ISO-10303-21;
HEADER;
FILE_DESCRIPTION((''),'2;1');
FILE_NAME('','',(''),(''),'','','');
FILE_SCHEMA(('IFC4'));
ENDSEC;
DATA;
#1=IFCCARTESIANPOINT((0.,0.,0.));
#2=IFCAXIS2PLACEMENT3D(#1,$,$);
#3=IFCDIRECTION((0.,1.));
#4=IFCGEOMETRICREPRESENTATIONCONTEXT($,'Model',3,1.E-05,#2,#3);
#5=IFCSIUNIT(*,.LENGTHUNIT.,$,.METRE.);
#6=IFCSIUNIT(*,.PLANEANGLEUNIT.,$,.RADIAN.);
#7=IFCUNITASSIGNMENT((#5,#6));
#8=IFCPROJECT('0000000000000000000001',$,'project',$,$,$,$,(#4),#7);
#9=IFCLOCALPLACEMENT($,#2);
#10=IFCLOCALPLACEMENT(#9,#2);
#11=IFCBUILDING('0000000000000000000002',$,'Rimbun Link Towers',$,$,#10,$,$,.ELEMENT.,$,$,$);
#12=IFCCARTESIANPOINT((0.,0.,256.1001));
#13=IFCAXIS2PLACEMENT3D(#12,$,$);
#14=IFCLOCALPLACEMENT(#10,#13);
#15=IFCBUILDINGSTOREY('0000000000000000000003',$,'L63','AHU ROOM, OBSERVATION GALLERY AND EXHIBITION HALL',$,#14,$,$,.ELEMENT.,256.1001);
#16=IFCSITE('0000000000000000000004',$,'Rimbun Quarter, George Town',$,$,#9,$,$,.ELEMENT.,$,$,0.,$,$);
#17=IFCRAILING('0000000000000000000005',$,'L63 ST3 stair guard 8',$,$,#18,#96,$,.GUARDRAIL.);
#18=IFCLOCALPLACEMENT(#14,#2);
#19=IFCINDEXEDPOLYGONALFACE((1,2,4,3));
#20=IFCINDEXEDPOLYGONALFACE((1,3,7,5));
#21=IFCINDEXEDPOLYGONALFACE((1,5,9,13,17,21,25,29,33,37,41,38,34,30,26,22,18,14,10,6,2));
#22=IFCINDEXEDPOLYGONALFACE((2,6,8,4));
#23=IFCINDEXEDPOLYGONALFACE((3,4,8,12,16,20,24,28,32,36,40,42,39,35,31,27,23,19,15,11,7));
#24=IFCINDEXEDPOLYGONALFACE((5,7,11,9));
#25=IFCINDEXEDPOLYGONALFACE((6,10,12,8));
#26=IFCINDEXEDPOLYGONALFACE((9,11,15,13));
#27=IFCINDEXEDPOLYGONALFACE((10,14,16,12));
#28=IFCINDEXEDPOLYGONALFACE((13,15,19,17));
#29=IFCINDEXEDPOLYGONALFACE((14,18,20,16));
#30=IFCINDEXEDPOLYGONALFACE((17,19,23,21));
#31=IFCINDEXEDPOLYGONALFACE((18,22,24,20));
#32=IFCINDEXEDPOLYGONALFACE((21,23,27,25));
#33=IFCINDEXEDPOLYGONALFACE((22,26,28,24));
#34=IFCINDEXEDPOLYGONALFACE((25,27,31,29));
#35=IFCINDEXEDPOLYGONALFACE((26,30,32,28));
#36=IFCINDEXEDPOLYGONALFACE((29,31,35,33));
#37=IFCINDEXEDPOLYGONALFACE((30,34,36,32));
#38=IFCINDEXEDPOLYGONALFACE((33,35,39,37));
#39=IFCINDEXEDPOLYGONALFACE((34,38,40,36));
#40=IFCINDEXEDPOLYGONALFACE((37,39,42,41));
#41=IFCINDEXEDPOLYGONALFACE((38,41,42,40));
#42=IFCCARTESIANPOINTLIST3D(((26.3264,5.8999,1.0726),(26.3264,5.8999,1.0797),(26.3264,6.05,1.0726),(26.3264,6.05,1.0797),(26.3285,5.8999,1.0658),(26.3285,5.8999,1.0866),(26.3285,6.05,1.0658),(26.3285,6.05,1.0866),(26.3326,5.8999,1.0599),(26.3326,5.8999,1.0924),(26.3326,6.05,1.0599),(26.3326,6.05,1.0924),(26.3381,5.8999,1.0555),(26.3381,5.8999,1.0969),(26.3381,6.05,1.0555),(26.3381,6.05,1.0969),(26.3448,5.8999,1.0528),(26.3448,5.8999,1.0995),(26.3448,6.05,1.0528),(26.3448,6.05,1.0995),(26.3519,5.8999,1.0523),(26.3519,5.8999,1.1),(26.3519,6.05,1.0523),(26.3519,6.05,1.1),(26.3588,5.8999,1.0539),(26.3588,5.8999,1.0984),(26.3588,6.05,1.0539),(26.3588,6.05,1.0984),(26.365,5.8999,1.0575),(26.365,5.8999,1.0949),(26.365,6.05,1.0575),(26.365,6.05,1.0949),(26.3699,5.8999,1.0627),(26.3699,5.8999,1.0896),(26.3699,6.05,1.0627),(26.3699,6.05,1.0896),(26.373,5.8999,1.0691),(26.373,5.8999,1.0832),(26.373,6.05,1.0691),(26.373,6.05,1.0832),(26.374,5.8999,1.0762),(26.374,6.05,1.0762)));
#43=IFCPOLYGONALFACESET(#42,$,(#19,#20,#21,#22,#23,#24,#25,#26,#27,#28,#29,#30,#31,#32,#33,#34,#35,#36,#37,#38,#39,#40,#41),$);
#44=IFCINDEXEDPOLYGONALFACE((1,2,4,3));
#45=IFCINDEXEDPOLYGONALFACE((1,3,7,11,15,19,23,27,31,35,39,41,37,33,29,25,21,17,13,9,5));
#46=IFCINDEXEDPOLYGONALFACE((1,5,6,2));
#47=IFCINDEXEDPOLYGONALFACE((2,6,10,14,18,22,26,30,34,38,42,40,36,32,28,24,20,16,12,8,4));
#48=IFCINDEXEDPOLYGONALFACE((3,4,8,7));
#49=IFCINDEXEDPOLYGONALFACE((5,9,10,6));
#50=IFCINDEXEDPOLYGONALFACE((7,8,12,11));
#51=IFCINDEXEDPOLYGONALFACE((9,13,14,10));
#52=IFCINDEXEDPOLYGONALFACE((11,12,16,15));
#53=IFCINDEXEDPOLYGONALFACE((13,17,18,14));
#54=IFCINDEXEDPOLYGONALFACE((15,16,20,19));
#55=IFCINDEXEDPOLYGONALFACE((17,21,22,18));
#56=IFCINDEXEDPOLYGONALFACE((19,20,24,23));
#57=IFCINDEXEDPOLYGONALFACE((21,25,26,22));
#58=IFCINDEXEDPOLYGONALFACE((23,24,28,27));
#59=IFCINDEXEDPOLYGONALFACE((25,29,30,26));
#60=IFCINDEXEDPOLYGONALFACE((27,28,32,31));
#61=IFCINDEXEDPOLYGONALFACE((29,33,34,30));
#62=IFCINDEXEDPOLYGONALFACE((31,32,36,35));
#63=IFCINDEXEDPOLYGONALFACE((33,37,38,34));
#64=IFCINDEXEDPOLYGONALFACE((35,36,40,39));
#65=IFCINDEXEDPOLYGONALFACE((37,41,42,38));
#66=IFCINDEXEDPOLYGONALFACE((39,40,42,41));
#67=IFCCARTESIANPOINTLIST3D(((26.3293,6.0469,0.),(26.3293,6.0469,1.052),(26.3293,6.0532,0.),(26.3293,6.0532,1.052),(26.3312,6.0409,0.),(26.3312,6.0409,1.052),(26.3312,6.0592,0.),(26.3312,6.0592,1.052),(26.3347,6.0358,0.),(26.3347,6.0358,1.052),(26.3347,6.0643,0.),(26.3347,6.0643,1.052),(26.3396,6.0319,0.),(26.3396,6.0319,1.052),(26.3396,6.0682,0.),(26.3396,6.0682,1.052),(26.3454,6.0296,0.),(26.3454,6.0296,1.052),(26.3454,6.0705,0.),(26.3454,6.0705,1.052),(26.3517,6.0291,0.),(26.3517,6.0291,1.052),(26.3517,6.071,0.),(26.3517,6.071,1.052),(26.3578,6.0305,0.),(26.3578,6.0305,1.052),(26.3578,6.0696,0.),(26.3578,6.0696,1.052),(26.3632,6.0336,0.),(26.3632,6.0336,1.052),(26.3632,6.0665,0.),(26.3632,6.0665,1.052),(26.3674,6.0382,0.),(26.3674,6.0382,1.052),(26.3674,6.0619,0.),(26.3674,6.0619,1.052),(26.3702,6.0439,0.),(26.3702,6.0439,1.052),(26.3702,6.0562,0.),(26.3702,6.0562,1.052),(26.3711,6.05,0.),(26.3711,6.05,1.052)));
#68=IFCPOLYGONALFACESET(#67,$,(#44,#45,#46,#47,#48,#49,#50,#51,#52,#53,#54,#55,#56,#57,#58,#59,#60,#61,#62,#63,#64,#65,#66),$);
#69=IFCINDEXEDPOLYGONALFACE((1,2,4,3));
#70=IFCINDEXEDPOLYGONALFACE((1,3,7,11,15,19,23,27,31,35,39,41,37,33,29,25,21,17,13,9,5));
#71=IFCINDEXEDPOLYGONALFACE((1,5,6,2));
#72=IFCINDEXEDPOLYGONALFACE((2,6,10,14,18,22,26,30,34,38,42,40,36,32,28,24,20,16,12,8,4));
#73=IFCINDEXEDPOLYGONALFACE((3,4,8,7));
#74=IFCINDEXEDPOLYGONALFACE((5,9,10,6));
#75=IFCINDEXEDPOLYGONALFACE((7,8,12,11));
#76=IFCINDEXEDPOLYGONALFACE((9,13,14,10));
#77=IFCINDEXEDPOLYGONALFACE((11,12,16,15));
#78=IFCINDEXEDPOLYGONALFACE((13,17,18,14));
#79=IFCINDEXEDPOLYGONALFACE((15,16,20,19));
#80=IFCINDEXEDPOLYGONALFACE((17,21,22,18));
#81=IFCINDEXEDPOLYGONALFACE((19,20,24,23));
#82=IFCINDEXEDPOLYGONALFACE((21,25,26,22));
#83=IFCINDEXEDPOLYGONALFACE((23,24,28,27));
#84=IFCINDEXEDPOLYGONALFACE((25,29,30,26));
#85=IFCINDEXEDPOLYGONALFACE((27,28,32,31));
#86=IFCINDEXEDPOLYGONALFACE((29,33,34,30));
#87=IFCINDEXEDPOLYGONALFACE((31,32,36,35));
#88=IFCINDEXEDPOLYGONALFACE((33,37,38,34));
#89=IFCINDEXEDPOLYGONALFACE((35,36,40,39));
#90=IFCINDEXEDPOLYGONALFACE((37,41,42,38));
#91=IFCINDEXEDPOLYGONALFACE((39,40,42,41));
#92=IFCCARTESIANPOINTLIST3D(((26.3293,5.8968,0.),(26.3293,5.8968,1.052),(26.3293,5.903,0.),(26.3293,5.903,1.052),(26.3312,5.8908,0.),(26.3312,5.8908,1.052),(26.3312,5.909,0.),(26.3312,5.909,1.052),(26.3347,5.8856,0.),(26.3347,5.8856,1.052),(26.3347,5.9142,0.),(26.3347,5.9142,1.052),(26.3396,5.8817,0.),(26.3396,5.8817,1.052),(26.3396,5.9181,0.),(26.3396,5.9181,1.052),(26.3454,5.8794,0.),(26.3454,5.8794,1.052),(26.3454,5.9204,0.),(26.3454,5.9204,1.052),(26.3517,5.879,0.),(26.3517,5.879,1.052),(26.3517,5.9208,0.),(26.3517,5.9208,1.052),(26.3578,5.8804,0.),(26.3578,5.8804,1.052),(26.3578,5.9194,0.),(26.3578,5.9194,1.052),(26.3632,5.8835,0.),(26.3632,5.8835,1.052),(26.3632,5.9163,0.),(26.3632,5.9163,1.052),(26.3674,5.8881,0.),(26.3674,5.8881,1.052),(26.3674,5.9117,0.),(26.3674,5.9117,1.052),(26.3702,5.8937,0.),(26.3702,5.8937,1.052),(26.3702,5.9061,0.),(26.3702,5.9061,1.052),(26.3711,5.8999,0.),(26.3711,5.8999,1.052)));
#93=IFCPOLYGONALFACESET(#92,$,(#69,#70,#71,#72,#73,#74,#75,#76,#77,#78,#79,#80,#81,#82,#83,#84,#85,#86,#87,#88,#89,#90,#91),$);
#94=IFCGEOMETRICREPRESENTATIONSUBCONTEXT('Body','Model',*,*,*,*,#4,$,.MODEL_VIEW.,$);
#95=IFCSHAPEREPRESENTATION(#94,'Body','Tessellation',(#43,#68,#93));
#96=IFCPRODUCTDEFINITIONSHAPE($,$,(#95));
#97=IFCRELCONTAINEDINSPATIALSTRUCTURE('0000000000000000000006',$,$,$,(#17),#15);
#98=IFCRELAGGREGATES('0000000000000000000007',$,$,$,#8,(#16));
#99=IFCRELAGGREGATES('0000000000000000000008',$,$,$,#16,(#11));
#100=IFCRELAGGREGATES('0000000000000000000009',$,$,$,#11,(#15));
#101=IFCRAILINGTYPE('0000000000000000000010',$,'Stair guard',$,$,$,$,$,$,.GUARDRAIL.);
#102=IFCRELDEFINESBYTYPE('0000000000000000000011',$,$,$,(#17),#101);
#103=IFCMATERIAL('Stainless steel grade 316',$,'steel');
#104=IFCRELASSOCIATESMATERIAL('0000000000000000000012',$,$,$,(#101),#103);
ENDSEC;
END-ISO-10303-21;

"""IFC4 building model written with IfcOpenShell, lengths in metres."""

from ifc_helpers import new_model, si_unit, direction, frame, origin, origin_2d, place, context, subcontext, project, spatial, circle, extrude, material, type_object, element, save


model = new_model("IFC4")

# Units and contexts
model_context = context("Model", 3, precision=1e-05, world=origin(), true_north=direction((0.0, 1.0)))
body_context = subcontext(model_context, "Body", "Model", "MODEL_VIEW")
ifc_project = project(units=[si_unit("LENGTHUNIT", "METRE"), si_unit("PLANEANGLEUNIT", "RADIAN")], contexts=[model_context])

# Site, building, storey
site_placement = place(None, origin())
site = spatial("IfcSite", under=ifc_project, at=site_placement, Name="Rimbun Quarter, George Town", CompositionType="ELEMENT", RefElevation=0.0)
building_placement = place(site_placement, origin())
building = spatial("IfcBuilding", under=site, at=building_placement, Name="Rimbun Link Towers", CompositionType="ELEMENT")
storey_placement = place(building_placement, frame((0.0, 0.0, 256.1001)))
storey = spatial("IfcBuildingStorey", under=building, at=storey_placement, Name="L63", Description="AHU ROOM, OBSERVATION GALLERY AND EXHIBITION HALL", CompositionType="ELEMENT", Elevation=256.1001)

# Railing
ifc_material_1 = material(Name="Stainless steel grade 316", Category="steel")
railing_type_1 = type_object("IfcRailingType", Name="Stair guard", PredefinedType="GUARDRAIL", material=ifc_material_1)
railing_1_placement = place(storey_placement, frame((26.3501, 6.05, 0.0)))
element("IfcRailing", 1, at=railing_1_placement, inside=storey, type_object=railing_type_1, Name="L63 ST3 stair guard 8", PredefinedType="GUARDRAIL", context=body_context, shape_type="SweptSolid", body=[
    extrude(circle(Radius=0.0239, at=origin_2d()), frame((0.0, 0.0, 1.0762), z_axis=(0.0, -1.0, 0.0), x_axis=(1.0, 0.0, 0.0)), (0.0, 0.0, 1.0), 0.1501),
    extrude(circle(Radius=0.021, at=origin_2d()), origin(), (0.0, 0.0, 1.0), 1.052),
    extrude(circle(Radius=0.021, at=origin_2d()), frame((0.0, -0.1501, 0.0)), (0.0, 0.0, 1.0), 1.052),
])

save(model, "model.ifc")
